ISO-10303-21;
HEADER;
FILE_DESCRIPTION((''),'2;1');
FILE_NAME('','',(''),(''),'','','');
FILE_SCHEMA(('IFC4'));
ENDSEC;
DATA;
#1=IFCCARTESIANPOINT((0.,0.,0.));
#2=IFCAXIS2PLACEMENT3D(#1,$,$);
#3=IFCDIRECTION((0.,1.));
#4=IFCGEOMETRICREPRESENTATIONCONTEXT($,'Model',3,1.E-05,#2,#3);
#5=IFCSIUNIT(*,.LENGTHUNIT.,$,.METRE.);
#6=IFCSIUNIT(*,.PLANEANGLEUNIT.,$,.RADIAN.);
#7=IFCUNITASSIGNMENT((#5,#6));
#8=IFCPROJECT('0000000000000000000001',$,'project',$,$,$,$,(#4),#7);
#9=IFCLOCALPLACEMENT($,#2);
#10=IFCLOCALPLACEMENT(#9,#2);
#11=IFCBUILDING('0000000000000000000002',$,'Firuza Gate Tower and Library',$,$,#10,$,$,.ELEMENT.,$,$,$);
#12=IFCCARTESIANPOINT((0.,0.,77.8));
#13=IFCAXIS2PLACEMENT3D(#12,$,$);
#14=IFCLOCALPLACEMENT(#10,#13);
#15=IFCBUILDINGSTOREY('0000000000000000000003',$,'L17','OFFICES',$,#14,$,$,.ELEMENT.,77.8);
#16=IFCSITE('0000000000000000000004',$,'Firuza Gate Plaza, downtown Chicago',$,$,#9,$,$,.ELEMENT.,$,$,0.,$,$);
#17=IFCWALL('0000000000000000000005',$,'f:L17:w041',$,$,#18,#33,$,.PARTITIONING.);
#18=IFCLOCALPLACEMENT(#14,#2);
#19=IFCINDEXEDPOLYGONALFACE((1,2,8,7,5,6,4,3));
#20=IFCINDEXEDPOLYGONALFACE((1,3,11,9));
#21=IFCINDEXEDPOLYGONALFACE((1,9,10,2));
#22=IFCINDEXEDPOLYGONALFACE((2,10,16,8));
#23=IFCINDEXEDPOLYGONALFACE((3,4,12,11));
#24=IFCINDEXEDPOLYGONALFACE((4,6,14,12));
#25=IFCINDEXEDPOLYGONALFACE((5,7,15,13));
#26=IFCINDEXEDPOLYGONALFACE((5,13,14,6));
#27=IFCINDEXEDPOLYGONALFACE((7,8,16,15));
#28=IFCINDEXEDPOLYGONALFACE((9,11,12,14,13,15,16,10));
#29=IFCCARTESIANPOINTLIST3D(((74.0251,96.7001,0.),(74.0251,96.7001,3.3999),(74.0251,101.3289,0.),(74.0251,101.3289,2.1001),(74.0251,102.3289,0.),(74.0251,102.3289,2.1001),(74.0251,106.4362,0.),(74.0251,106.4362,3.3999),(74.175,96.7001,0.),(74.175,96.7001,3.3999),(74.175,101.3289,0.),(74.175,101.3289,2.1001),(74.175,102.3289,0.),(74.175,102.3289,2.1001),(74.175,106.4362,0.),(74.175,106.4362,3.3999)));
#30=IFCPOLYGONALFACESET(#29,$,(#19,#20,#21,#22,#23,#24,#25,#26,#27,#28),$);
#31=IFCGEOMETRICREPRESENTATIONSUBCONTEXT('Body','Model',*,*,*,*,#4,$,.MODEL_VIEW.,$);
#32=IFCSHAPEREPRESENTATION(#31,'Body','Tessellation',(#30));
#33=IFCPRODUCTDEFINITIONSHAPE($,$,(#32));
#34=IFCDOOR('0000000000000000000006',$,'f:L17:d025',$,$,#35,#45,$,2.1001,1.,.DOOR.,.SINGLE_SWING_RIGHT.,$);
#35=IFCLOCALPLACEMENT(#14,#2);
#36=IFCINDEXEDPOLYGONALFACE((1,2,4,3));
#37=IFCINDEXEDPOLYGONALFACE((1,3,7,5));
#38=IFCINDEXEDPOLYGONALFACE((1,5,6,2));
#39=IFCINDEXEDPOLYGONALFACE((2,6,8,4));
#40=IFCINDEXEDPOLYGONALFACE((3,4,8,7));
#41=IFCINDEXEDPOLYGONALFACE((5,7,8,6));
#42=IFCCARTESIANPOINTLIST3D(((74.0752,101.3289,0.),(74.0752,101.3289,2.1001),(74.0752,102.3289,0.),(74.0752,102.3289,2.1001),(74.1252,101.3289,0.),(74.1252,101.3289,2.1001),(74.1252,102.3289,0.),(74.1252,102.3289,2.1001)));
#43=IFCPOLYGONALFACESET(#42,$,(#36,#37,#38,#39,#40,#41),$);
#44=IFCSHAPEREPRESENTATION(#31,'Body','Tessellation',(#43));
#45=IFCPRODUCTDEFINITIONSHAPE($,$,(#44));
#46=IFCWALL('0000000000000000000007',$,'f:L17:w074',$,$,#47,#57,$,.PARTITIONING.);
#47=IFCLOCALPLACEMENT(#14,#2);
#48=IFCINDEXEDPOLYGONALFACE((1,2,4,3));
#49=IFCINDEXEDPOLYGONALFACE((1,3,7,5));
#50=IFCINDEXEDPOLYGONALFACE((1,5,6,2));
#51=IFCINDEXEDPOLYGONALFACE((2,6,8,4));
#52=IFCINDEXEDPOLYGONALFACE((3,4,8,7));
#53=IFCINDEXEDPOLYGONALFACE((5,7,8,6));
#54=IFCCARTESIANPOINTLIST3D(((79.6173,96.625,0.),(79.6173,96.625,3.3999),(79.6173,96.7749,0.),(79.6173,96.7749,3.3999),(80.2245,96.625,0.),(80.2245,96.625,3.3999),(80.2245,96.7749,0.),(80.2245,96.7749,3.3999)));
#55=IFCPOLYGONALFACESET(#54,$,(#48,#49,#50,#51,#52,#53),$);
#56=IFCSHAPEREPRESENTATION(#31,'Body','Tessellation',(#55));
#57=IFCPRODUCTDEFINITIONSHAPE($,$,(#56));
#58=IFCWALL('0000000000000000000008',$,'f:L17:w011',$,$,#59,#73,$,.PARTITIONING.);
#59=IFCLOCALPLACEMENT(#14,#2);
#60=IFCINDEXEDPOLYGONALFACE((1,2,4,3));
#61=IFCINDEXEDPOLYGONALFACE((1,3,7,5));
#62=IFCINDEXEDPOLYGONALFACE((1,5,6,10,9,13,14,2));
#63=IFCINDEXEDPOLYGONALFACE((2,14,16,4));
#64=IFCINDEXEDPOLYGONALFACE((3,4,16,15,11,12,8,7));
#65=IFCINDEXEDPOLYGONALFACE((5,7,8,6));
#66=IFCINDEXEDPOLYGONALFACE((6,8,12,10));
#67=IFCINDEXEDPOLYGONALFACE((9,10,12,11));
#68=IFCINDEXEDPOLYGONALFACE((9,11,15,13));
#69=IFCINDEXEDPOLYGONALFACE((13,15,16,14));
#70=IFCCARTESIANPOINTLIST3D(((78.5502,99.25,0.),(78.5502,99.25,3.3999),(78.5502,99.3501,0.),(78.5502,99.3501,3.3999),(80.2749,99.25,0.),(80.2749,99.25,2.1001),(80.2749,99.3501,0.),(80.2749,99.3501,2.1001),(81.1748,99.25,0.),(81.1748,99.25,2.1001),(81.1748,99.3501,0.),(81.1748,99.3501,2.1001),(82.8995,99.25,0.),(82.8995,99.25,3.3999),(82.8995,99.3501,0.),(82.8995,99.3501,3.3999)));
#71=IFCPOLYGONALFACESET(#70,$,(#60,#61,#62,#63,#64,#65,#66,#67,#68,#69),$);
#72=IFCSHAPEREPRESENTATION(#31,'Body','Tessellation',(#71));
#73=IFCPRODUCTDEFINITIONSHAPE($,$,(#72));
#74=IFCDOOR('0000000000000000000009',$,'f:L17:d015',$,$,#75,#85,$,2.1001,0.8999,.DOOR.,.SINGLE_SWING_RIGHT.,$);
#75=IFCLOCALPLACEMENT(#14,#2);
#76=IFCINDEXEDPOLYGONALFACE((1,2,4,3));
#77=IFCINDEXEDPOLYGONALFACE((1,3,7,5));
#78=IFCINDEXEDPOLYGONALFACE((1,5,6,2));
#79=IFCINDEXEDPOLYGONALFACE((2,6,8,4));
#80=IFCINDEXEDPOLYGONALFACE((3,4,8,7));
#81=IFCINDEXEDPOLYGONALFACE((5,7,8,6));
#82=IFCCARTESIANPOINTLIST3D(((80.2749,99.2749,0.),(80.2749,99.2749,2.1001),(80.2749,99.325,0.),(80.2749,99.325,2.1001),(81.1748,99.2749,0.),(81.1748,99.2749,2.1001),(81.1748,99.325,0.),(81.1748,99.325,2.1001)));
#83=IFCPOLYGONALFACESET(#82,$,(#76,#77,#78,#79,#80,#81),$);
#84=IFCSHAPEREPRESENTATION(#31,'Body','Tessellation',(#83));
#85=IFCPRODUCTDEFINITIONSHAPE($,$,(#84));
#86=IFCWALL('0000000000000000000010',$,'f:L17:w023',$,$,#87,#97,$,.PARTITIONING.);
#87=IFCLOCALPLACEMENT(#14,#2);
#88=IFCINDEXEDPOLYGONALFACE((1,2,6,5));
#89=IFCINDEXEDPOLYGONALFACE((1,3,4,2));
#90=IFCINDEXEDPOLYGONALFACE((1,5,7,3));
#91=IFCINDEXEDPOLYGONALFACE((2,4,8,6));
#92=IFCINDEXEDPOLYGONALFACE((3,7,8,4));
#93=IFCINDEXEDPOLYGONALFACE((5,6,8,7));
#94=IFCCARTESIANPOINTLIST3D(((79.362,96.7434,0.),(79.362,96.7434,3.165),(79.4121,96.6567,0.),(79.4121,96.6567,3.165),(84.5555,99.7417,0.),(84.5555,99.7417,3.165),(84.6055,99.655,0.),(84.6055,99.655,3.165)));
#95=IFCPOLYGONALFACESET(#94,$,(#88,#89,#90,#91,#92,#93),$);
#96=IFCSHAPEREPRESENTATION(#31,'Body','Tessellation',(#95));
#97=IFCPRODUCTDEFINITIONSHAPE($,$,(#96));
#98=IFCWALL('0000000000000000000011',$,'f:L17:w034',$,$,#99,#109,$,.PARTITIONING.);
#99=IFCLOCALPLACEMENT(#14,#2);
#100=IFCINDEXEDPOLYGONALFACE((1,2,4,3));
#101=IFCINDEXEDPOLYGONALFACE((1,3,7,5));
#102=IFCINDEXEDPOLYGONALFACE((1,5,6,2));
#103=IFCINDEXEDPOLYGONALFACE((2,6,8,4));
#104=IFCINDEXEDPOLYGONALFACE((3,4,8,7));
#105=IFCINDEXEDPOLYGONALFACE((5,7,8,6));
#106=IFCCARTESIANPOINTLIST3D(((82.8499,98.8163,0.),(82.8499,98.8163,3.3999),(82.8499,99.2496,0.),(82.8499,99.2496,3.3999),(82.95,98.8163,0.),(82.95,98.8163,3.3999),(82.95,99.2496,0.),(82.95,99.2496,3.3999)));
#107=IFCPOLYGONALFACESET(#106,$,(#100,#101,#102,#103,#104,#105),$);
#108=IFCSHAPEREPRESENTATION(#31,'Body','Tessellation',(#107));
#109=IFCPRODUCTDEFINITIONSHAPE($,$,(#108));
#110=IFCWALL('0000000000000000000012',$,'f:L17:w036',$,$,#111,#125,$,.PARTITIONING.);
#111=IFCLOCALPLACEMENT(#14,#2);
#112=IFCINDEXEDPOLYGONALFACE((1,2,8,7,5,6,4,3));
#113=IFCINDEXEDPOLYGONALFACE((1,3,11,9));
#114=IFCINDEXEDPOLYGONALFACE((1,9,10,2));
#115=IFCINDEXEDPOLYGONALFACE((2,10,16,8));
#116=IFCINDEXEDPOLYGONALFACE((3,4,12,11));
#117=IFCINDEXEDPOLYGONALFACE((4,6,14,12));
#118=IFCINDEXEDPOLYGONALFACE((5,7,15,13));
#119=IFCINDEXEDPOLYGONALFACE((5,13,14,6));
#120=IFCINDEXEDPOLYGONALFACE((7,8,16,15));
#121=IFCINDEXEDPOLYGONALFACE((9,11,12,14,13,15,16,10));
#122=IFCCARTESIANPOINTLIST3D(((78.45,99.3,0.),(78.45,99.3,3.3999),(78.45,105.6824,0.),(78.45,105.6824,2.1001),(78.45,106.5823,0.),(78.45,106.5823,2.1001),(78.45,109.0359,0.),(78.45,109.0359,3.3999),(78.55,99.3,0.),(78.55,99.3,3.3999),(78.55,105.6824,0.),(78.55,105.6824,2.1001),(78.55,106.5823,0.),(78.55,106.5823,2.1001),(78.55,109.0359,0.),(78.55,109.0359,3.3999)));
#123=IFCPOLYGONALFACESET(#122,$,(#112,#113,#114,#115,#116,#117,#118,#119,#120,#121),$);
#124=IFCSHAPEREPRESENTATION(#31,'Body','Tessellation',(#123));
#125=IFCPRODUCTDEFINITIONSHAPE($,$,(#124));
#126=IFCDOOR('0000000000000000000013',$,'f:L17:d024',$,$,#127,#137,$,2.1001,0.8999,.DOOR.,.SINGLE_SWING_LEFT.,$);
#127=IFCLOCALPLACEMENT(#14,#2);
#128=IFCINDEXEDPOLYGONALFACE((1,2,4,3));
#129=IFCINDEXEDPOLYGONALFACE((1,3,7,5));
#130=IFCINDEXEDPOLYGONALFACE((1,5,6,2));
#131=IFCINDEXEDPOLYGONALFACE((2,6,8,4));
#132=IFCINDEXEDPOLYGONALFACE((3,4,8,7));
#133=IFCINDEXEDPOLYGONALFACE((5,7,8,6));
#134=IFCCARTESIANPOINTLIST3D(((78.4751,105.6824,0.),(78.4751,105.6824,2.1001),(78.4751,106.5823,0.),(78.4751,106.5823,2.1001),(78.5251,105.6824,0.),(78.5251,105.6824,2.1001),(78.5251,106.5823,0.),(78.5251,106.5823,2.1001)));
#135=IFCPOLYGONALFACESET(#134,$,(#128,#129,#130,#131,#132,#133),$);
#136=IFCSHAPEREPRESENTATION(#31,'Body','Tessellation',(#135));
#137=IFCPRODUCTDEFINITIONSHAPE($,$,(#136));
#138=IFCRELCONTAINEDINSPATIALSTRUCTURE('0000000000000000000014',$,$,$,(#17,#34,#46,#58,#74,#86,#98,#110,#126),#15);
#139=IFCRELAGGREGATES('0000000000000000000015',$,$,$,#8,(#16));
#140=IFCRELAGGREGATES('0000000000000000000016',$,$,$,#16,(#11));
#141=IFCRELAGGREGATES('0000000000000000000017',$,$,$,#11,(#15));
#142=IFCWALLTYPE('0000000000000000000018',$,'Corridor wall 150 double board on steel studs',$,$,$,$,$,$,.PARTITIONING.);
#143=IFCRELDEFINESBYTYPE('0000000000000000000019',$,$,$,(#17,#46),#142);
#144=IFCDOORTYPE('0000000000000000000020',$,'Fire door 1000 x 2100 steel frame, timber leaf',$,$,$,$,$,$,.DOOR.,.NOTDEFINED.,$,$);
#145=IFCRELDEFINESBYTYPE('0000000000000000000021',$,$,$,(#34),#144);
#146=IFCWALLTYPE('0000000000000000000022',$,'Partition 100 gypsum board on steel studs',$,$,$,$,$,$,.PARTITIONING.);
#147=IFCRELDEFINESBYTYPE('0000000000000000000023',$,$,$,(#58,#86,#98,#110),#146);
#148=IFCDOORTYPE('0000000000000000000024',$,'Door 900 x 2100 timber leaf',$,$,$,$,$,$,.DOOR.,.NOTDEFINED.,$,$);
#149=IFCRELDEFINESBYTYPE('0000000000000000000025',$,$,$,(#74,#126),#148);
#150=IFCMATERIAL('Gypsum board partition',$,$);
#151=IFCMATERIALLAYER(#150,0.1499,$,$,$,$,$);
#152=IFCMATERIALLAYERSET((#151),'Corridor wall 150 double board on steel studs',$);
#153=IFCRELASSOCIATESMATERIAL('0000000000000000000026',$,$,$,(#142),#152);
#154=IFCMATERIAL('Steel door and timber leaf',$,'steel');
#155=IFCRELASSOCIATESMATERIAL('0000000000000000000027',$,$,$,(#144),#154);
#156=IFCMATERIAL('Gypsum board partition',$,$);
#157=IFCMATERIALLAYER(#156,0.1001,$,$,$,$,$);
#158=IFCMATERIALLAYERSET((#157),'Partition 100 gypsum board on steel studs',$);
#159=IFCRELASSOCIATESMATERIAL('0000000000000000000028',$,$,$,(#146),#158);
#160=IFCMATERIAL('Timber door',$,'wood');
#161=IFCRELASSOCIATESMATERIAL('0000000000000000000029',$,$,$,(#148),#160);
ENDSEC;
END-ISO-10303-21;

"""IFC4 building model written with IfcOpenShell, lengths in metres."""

from ifc_helpers import new_model, si_unit, direction, frame, frame_2d, origin, place, context, subcontext, project, spatial, rectangle, extrude, material, layer, layer_set, type_object, element, fill, save


model = new_model("IFC4")

# Units and contexts
model_context = context("Model", 3, precision=1e-05, world=origin(), true_north=direction((0.0, 1.0)))
body_context = subcontext(model_context, "Body", "Model", "MODEL_VIEW")
ifc_project = project(units=[si_unit("LENGTHUNIT", "METRE"), si_unit("PLANEANGLEUNIT", "RADIAN")], contexts=[model_context])

# Site, building, storey
site_placement = place(None, origin())
site = spatial("IfcSite", under=ifc_project, at=site_placement, Name="Firuza Gate Plaza, downtown Chicago", CompositionType="ELEMENT", RefElevation=0.0)
building_placement = place(site_placement, origin())
building = spatial("IfcBuilding", under=site, at=building_placement, Name="Firuza Gate Tower and Library", CompositionType="ELEMENT")
storey_placement = place(building_placement, frame((0.0, 0.0, 77.8)))
storey = spatial("IfcBuildingStorey", under=building, at=storey_placement, Name="L17", Description="OFFICES", CompositionType="ELEMENT", Elevation=77.8)

# Shared definitions
ifc_material_1 = material(Name="Gypsum board partition")
ifc_layer_1 = layer(ifc_material_1, 0.1499)
ifc_layer_set_1 = layer_set([ifc_layer_1], Name="Corridor wall 150 double board on steel studs")
wall_type_1 = type_object("IfcWallType", Name="Corridor wall 150 double board on steel studs", PredefinedType="PARTITIONING", material=ifc_layer_set_1)
ifc_material_2 = material(Name="Steel door and timber leaf", Category="steel")
door_type_1 = type_object("IfcDoorType", Name="Fire door 1000 x 2100 steel frame, timber leaf", OperationType="NOTDEFINED", PredefinedType="DOOR", material=ifc_material_2)

# Wall, opening, door
wall_1_placement = place(storey_placement, frame((74.1001, 96.7, 0.0), z_axis=(0.0, 0.0, 1.0), x_axis=(0.0, 1.0, 0.0)))
wall_1 = element("IfcWall", 1, at=wall_1_placement, inside=storey, type_object=wall_type_1, Name="f:L17:w041", PredefinedType="PARTITIONING", context=body_context, shape_type="SweptSolid", body=[
    extrude(rectangle(XDim=9.7361, YDim=0.1499, at=frame_2d((4.8682, 0.0))), origin(), (0.0, 0.0, 1.0), 3.3999),
])
opening_1_placement = place(wall_1_placement, frame((4.6289, 0.0, 0.0)))
opening_1 = element("IfcOpeningElement", 2, at=opening_1_placement, cuts=wall_1, PredefinedType="OPENING", context=body_context, shape_type="SweptSolid", body=[
    extrude(rectangle(XDim=1.0, YDim=2.1001, at=frame_2d((0.5, 1.05))), frame((0.0, 0.085, 0.0), z_axis=(0.0, -1.0, 0.0), x_axis=(1.0, 0.0, 0.0)), (0.0, 0.0, 1.0), 0.1699),
])
door_1_placement = place(opening_1_placement, origin())
door_1 = element("IfcDoor", 3, at=door_1_placement, inside=storey, type_object=door_type_1, Name="f:L17:d025", OperationType="SINGLE_SWING_RIGHT", OverallHeight=2.1001, OverallWidth=1.0, PredefinedType="DOOR", context=body_context, shape_type="SweptSolid", body=[
    extrude(rectangle(XDim=1.0, YDim=2.1001, at=frame_2d((0.5, 1.05))), frame((0.0, 0.0249, 0.0), z_axis=(0.0, -1.0, 0.0), x_axis=(1.0, 0.0, 0.0)), (0.0, 0.0, 1.0), 0.05),
])
fill(opening_1, door_1)

# Wall
wall_2_placement = place(storey_placement, frame((79.6172, 96.7, 0.0), z_axis=(0.0, 0.0, 1.0), x_axis=(1.0, 0.0, 0.0)))
element("IfcWall", 4, at=wall_2_placement, inside=storey, type_object=wall_type_1, Name="f:L17:w074", PredefinedType="PARTITIONING", context=body_context, shape_type="SweptSolid", body=[
    extrude(rectangle(XDim=0.6072, YDim=0.1499, at=frame_2d((0.3037, 0.0))), origin(), (0.0, 0.0, 1.0), 3.3999),
])

# Wall, opening, door
ifc_material_3 = material(Name="Gypsum board partition")
ifc_layer_2 = layer(ifc_material_3, 0.1001)
ifc_layer_set_2 = layer_set([ifc_layer_2], Name="Partition 100 gypsum board on steel studs")
wall_type_2 = type_object("IfcWallType", Name="Partition 100 gypsum board on steel studs", PredefinedType="PARTITIONING", material=ifc_layer_set_2)
wall_3_placement = place(storey_placement, frame((78.55, 99.3, 0.0), z_axis=(0.0, 0.0, 1.0), x_axis=(1.0, 0.0, 0.0)))
wall_3 = element("IfcWall", 5, at=wall_3_placement, inside=storey, type_object=wall_type_2, Name="f:L17:w011", PredefinedType="PARTITIONING", context=body_context, shape_type="SweptSolid", body=[
    extrude(rectangle(XDim=4.3494, YDim=0.1001, at=frame_2d((2.1748, 0.0))), origin(), (0.0, 0.0, 1.0), 3.3999),
])
opening_2_placement = place(wall_3_placement, frame((1.7249, 0.0, 0.0)))
opening_2 = element("IfcOpeningElement", 6, at=opening_2_placement, cuts=wall_3, PredefinedType="OPENING", context=body_context, shape_type="SweptSolid", body=[
    extrude(rectangle(XDim=0.8999, YDim=2.1001, at=frame_2d((0.45, 1.05))), frame((0.0, 0.0601, 0.0), z_axis=(0.0, -1.0, 0.0), x_axis=(1.0, 0.0, 0.0)), (0.0, 0.0, 1.0), 0.1201),
])
ifc_material_4 = material(Name="Timber door", Category="wood")
door_type_2 = type_object("IfcDoorType", Name="Door 900 x 2100 timber leaf", OperationType="NOTDEFINED", PredefinedType="DOOR", material=ifc_material_4)
door_2_placement = place(opening_2_placement, origin())
door_2 = element("IfcDoor", 7, at=door_2_placement, inside=storey, type_object=door_type_2, Name="f:L17:d015", OperationType="SINGLE_SWING_RIGHT", OverallHeight=2.1001, OverallWidth=0.8999, PredefinedType="DOOR", context=body_context, shape_type="SweptSolid", body=[
    extrude(rectangle(XDim=0.8999, YDim=2.1001, at=frame_2d((0.45, 1.05))), frame((0.0, 0.0249, 0.0), z_axis=(0.0, -1.0, 0.0), x_axis=(1.0, 0.0, 0.0)), (0.0, 0.0, 1.0), 0.05),
])
fill(opening_2, door_2)

# Walls
wall_4_placement = place(storey_placement, frame((79.387, 96.7, 0.0), z_axis=(0.0, 0.0, 1.0), x_axis=(0.866032, 0.499988, 0.0)))
element("IfcWall", 8, at=wall_4_placement, inside=storey, type_object=wall_type_2, Name="f:L17:w023", PredefinedType="PARTITIONING", context=body_context, shape_type="SweptSolid", body=[
    extrude(rectangle(XDim=5.9968, YDim=0.1001, at=frame_2d((2.9985, 0.0))), origin(), (0.0, 0.0, 1.0), 3.165),
])
wall_5_placement = place(storey_placement, frame((82.8999, 98.8162, 0.0), z_axis=(0.0, 0.0, 1.0), x_axis=(0.0, 1.0, 0.0)))
element("IfcWall", 9, at=wall_5_placement, inside=storey, type_object=wall_type_2, Name="f:L17:w034", PredefinedType="PARTITIONING", context=body_context, shape_type="SweptSolid", body=[
    extrude(rectangle(XDim=0.4333, YDim=0.1001, at=frame_2d((0.2168, 0.0))), origin(), (0.0, 0.0, 1.0), 3.3999),
])

# Wall, opening, door
wall_6_placement = place(storey_placement, frame((78.5, 99.3, 0.0), z_axis=(0.0, 0.0, 1.0), x_axis=(0.0, 1.0, 0.0)))
wall_6 = element("IfcWall", 10, at=wall_6_placement, inside=storey, type_object=wall_type_2, Name="f:L17:w036", PredefinedType="PARTITIONING", context=body_context, shape_type="SweptSolid", body=[
    extrude(rectangle(XDim=9.7358, YDim=0.1001, at=frame_2d((4.8679, 0.0))), origin(), (0.0, 0.0, 1.0), 3.3999),
])
opening_3_placement = place(wall_6_placement, frame((6.3823, 0.0, 0.0)))
opening_3 = element("IfcOpeningElement", 11, at=opening_3_placement, cuts=wall_6, PredefinedType="OPENING", context=body_context, shape_type="SweptSolid", body=[
    extrude(rectangle(XDim=0.8999, YDim=2.1001, at=frame_2d((0.45, 1.05))), frame((0.0, 0.0601, 0.0), z_axis=(0.0, -1.0, 0.0), x_axis=(1.0, 0.0, 0.0)), (0.0, 0.0, 1.0), 0.1201),
])
door_3_placement = place(opening_3_placement, origin())
door_3 = element("IfcDoor", 12, at=door_3_placement, inside=storey, type_object=door_type_2, Name="f:L17:d024", OperationType="SINGLE_SWING_LEFT", OverallHeight=2.1001, OverallWidth=0.8999, PredefinedType="DOOR", context=body_context, shape_type="SweptSolid", body=[
    extrude(rectangle(XDim=0.8999, YDim=2.1001, at=frame_2d((0.45, 1.05))), frame((0.0, 0.0249, 0.0), z_axis=(0.0, -1.0, 0.0), x_axis=(1.0, 0.0, 0.0)), (0.0, 0.0, 1.0), 0.05),
])
fill(opening_3, door_3)

save(model, "model.ifc")
